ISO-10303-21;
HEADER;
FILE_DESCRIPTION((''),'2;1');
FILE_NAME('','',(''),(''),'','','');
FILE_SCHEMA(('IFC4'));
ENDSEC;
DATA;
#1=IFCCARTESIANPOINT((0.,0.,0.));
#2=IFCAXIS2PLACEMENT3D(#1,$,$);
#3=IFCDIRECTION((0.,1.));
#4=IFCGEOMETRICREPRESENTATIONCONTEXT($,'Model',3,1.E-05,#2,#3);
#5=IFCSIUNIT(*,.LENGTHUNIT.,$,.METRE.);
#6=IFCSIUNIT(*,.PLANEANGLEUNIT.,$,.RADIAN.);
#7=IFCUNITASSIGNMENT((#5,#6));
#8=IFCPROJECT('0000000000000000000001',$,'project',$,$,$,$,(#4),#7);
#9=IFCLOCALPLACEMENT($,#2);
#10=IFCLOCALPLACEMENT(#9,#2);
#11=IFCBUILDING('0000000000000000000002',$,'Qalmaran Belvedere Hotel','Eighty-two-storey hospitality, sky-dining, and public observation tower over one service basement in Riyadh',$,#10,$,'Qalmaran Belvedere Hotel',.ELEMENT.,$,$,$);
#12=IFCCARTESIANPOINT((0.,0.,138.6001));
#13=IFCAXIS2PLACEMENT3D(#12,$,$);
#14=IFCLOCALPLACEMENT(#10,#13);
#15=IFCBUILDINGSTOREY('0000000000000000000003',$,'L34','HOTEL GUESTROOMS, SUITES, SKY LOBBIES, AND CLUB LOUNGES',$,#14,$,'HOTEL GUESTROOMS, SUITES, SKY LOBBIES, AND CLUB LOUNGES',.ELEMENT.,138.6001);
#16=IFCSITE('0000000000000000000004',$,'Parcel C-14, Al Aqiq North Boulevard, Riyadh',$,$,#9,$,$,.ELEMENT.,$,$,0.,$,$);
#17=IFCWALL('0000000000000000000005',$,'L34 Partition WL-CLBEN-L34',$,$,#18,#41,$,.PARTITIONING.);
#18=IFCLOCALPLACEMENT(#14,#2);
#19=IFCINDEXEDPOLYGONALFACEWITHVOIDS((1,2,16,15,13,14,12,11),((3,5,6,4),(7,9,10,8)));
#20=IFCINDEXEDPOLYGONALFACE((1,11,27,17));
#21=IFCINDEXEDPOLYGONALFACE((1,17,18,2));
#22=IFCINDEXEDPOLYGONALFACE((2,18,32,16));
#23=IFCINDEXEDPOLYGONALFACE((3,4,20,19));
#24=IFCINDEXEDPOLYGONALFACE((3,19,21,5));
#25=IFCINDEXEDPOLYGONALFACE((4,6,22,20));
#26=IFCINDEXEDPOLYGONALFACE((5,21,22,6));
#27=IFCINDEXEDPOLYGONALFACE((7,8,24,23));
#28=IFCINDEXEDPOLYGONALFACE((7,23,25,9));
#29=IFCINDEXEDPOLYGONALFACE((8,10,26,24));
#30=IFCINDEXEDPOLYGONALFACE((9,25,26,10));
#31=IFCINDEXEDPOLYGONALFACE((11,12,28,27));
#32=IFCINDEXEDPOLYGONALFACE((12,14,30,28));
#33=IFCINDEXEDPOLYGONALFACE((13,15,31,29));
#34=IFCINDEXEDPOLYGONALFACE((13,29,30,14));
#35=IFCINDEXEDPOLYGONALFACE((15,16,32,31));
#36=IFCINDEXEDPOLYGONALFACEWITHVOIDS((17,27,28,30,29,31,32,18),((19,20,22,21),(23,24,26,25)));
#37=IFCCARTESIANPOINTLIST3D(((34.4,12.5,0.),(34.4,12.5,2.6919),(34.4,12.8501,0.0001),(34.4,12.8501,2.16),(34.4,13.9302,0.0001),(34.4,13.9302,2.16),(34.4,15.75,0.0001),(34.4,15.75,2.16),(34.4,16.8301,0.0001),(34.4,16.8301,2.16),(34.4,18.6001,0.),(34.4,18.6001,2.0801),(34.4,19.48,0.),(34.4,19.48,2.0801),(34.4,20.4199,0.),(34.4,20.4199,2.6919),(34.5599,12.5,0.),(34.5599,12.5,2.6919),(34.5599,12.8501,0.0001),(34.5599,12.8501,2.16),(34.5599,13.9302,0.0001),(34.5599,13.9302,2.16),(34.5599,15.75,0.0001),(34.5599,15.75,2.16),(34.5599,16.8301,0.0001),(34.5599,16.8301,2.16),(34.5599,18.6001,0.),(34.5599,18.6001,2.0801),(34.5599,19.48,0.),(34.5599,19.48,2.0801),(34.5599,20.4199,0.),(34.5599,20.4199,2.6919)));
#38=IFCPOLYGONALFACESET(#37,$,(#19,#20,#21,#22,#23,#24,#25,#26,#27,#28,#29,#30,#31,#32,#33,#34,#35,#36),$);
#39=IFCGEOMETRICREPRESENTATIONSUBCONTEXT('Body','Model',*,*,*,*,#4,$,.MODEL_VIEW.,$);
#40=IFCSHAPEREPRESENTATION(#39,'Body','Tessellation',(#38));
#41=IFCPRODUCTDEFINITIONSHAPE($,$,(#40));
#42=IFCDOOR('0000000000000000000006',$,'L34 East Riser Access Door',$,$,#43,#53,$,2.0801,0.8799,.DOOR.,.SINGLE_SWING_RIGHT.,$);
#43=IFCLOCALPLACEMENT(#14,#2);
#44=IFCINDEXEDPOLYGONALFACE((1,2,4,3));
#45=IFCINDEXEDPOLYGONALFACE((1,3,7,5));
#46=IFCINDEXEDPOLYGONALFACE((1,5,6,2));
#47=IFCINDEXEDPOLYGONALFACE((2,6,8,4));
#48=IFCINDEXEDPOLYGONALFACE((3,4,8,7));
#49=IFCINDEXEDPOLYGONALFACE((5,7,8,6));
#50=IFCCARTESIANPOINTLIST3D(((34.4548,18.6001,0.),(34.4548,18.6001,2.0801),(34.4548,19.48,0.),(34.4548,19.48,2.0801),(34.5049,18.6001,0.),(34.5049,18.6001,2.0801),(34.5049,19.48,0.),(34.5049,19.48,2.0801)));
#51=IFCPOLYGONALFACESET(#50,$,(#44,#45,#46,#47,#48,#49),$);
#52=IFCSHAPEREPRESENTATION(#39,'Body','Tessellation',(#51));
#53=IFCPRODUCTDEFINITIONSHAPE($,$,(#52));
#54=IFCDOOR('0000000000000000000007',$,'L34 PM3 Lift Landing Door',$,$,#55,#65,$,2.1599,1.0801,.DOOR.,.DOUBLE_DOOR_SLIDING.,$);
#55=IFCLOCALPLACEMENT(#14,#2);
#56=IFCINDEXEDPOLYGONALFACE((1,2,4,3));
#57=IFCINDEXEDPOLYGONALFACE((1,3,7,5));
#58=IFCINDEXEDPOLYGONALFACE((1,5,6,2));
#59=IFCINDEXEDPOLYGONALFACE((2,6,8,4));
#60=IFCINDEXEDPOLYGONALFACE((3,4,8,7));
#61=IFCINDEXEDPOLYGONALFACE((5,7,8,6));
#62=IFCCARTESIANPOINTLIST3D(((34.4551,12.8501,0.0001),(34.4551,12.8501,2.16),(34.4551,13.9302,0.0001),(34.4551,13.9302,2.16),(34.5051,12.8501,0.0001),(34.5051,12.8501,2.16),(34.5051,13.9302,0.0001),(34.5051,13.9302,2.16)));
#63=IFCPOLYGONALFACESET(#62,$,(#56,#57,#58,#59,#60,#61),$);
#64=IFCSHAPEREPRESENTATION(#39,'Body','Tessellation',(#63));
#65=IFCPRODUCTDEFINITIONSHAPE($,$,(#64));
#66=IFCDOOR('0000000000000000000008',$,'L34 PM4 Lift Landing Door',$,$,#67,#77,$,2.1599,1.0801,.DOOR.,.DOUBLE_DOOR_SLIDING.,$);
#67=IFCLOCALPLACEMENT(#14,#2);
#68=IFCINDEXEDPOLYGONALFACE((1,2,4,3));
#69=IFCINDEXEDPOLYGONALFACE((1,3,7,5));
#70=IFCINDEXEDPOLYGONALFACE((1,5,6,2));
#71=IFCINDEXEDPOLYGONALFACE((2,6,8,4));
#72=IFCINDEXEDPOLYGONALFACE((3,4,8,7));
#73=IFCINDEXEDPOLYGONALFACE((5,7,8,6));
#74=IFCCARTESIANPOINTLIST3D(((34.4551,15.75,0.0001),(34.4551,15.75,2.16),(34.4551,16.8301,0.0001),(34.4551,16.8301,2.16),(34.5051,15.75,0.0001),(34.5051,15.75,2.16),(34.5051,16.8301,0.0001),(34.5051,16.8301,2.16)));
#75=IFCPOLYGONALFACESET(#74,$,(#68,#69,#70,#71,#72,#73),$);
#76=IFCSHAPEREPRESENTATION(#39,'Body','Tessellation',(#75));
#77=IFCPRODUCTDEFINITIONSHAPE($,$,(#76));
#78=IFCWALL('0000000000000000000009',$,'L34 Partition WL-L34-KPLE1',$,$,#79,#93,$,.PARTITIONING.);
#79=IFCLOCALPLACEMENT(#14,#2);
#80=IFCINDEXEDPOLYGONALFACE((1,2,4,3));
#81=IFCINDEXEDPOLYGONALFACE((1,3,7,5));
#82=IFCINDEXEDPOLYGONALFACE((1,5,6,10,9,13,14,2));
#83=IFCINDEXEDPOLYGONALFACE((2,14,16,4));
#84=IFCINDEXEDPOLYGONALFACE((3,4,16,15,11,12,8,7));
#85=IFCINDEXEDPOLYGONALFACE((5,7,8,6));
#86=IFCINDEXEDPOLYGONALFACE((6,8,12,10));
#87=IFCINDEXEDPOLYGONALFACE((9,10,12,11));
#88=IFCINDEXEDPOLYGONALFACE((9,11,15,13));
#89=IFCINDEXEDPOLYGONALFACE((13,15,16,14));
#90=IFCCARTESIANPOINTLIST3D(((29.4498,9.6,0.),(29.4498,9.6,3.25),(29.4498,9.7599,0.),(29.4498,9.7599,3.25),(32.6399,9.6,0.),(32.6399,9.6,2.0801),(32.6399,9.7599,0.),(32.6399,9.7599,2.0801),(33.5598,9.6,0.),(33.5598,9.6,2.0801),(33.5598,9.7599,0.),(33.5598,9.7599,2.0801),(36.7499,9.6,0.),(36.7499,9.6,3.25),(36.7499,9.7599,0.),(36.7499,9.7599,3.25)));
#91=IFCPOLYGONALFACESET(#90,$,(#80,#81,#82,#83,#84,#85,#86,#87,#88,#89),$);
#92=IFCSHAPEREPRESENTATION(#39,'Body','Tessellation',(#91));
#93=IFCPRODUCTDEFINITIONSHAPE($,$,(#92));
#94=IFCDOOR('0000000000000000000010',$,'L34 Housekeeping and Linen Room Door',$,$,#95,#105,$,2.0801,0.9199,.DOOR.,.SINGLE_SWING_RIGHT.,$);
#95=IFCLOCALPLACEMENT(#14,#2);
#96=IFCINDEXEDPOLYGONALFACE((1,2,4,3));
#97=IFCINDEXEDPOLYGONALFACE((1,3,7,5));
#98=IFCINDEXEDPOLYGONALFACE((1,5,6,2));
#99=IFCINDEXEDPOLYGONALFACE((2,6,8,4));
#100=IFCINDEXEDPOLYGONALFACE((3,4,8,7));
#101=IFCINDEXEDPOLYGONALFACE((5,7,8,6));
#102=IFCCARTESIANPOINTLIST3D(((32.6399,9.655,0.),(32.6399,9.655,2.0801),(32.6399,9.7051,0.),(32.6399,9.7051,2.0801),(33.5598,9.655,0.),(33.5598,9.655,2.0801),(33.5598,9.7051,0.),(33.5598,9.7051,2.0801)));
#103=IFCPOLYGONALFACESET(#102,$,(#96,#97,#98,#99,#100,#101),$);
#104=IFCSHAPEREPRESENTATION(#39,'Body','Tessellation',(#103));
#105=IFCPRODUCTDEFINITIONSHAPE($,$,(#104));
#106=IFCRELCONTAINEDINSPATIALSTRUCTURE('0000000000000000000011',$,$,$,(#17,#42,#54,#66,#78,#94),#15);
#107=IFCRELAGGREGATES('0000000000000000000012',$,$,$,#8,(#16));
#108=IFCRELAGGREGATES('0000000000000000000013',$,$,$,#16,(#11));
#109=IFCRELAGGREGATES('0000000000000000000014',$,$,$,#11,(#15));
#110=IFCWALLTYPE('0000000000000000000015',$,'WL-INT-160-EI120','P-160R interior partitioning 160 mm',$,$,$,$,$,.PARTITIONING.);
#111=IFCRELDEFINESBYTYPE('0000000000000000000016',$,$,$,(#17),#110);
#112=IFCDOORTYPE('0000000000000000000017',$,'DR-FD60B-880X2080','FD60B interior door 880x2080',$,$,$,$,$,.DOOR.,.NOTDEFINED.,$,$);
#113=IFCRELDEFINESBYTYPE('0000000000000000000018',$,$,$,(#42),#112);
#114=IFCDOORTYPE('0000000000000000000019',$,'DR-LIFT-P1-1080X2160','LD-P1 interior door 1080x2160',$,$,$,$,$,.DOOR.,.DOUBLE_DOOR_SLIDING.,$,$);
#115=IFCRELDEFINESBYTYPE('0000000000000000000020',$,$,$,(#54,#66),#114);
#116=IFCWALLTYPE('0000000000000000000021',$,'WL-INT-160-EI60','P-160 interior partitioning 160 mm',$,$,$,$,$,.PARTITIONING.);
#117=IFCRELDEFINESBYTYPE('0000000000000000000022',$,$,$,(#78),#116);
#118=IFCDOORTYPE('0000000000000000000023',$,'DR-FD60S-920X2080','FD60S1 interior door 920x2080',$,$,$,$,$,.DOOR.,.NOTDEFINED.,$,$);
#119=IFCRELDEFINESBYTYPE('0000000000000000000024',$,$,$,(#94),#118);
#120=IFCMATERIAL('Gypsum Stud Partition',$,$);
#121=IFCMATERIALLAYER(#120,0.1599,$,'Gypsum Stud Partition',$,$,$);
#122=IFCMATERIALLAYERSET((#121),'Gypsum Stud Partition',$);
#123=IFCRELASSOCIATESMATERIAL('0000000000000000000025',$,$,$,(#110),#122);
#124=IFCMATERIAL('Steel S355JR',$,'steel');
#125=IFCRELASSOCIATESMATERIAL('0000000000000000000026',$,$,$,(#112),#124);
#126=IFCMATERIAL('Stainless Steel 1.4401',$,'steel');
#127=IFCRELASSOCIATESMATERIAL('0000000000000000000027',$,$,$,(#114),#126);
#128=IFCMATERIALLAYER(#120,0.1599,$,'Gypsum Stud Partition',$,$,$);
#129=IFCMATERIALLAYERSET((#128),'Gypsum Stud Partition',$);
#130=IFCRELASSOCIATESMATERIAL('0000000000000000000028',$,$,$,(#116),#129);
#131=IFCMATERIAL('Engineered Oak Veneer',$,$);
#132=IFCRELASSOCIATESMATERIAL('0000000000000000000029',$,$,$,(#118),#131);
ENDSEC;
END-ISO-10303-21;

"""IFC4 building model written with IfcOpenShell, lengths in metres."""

from ifc_helpers import new_model, si_unit, direction, frame, frame_2d, origin, place, context, subcontext, project, spatial, rectangle, extrude, material, layer, layer_set, type_object, element, fill, save


model = new_model("IFC4")

# Units and contexts
model_context = context("Model", 3, precision=1e-05, world=origin(), true_north=direction((0.0, 1.0)))
body_context = subcontext(model_context, "Body", "Model", "MODEL_VIEW")
ifc_project = project(units=[si_unit("LENGTHUNIT", "METRE"), si_unit("PLANEANGLEUNIT", "RADIAN")], contexts=[model_context])

# Site, building, storey
site_placement = place(None, origin())
site = spatial("IfcSite", under=ifc_project, at=site_placement, Name="Parcel C-14, Al Aqiq North Boulevard, Riyadh", CompositionType="ELEMENT", RefElevation=0.0)
building_placement = place(site_placement, origin())
building = spatial("IfcBuilding", under=site, at=building_placement, Name="Qalmaran Belvedere Hotel", Description="Eighty-two-storey hospitality, sky-dining, and public observation tower over one service basement in Riyadh", LongName="Qalmaran Belvedere Hotel", CompositionType="ELEMENT")
storey_placement = place(building_placement, frame((0.0, 0.0, 138.6001)))
storey = spatial("IfcBuildingStorey", under=building, at=storey_placement, Name="L34", Description="HOTEL GUESTROOMS, SUITES, SKY LOBBIES, AND CLUB LOUNGES", LongName="HOTEL GUESTROOMS, SUITES, SKY LOBBIES, AND CLUB LOUNGES", CompositionType="ELEMENT", Elevation=138.6001)

# Shared definitions
ifc_material_1 = material(Name="Steel S355JR", Category="steel")

# Shared definitions
ifc_material_2 = material(Name="Gypsum Stud Partition")
ifc_layer_1 = layer(ifc_material_2, 0.1599, Name="Gypsum Stud Partition")
ifc_layer_set_1 = layer_set([ifc_layer_1], Name="Gypsum Stud Partition")
wall_type_1 = type_object("IfcWallType", Name="WL-INT-160-EI120", Description="P-160R interior partitioning 160 mm", PredefinedType="PARTITIONING", material=ifc_layer_set_1)

# Wall, openings, doors
door_type_1 = type_object("IfcDoorType", Name="DR-FD60B-880X2080", Description="FD60B interior door 880x2080", OperationType="NOTDEFINED", PredefinedType="DOOR", material=ifc_material_1)
ifc_material_3 = material(Name="Stainless Steel 1.4401", Category="steel")
door_type_2 = type_object("IfcDoorType", Name="DR-LIFT-P1-1080X2160", Description="LD-P1 interior door 1080x2160", OperationType="DOUBLE_DOOR_SLIDING", PredefinedType="DOOR", material=ifc_material_3)
wall_1_placement = place(storey_placement, frame((34.48, 12.5, 0.0), z_axis=(0.0, 0.0, 1.0), x_axis=(0.0, 1.0, 0.0)))
wall_1 = element("IfcWall", 1, at=wall_1_placement, inside=storey, type_object=wall_type_1, Name="L34 Partition WL-CLBEN-L34", PredefinedType="PARTITIONING", context=body_context, shape_type="SweptSolid", body=[
    extrude(rectangle(XDim=7.9199, YDim=0.1599, at=frame_2d((3.96, 0.0))), origin(), (0.0, 0.0, 1.0), 2.6919),
])
opening_1_placement = place(wall_1_placement, frame((0.3501, 0.0, 0.0)))
opening_1 = element("IfcOpeningElement", 2, at=opening_1_placement, cuts=wall_1, PredefinedType="OPENING", context=body_context, shape_type="SweptSolid", body=[
    extrude(rectangle(XDim=1.0801, YDim=2.1599, at=frame_2d((0.54, 1.0801))), frame((0.0, 0.0898, 0.0), z_axis=(0.0, -1.0, 0.0), x_axis=(1.0, 0.0, 0.0)), (0.0, 0.0, 1.0), 0.1799),
])
opening_2_placement = place(wall_1_placement, frame((3.25, 0.0, 0.0)))
opening_2 = element("IfcOpeningElement", 3, at=opening_2_placement, cuts=wall_1, PredefinedType="OPENING", context=body_context, shape_type="SweptSolid", body=[
    extrude(rectangle(XDim=1.0801, YDim=2.1599, at=frame_2d((0.54, 1.0801))), frame((0.0, 0.0898, 0.0), z_axis=(0.0, -1.0, 0.0), x_axis=(1.0, 0.0, 0.0)), (0.0, 0.0, 1.0), 0.1799),
])
opening_3_placement = place(wall_1_placement, frame((6.98, 0.0, 0.0), z_axis=(0.0, 0.0, 1.0), x_axis=(-1.0, 0.0, 0.0)))
opening_3 = element("IfcOpeningElement", 4, at=opening_3_placement, cuts=wall_1, PredefinedType="OPENING", context=body_context, shape_type="SweptSolid", body=[
    extrude(rectangle(XDim=0.8799, YDim=2.0801, at=frame_2d((0.4399, 1.04))), frame((0.0, 0.0898, 0.0), z_axis=(0.0, -1.0, 0.0), x_axis=(1.0, 0.0, 0.0)), (0.0, 0.0, 1.0), 0.1799),
])
door_1_placement = place(opening_3_placement, origin())
door_1 = element("IfcDoor", 5, at=door_1_placement, inside=storey, type_object=door_type_1, Name="L34 East Riser Access Door", OperationType="SINGLE_SWING_RIGHT", OverallHeight=2.0801, OverallWidth=0.8799, PredefinedType="DOOR", context=body_context, shape_type="SweptSolid", body=[
    extrude(rectangle(XDim=0.8799, YDim=2.0801, at=frame_2d((0.4399, 1.04))), frame((0.0, 0.0249, 0.0), z_axis=(0.0, -1.0, 0.0), x_axis=(1.0, 0.0, 0.0)), (0.0, 0.0, 1.0), 0.05),
])
fill(opening_3, door_1)
door_2_placement = place(opening_1_placement, origin())
door_2 = element("IfcDoor", 6, at=door_2_placement, inside=storey, type_object=door_type_2, Name="L34 PM3 Lift Landing Door", OperationType="DOUBLE_DOOR_SLIDING", OverallHeight=2.1599, OverallWidth=1.0801, PredefinedType="DOOR", context=body_context, shape_type="SweptSolid", body=[
    extrude(rectangle(XDim=1.0801, YDim=2.1599, at=frame_2d((0.54, 1.0801))), frame((0.0, 0.0249, 0.0), z_axis=(0.0, -1.0, 0.0), x_axis=(1.0, 0.0, 0.0)), (0.0, 0.0, 1.0), 0.05),
])
fill(opening_1, door_2)
door_3_placement = place(opening_2_placement, origin())
door_3 = element("IfcDoor", 7, at=door_3_placement, inside=storey, type_object=door_type_2, Name="L34 PM4 Lift Landing Door", OperationType="DOUBLE_DOOR_SLIDING", OverallHeight=2.1599, OverallWidth=1.0801, PredefinedType="DOOR", context=body_context, shape_type="SweptSolid", body=[
    extrude(rectangle(XDim=1.0801, YDim=2.1599, at=frame_2d((0.54, 1.0801))), frame((0.0, 0.0249, 0.0), z_axis=(0.0, -1.0, 0.0), x_axis=(1.0, 0.0, 0.0)), (0.0, 0.0, 1.0), 0.05),
])
fill(opening_2, door_3)

# Wall, opening, door
ifc_layer_2 = layer(ifc_material_2, 0.1599, Name="Gypsum Stud Partition")
ifc_layer_set_2 = layer_set([ifc_layer_2], Name="Gypsum Stud Partition")
wall_type_2 = type_object("IfcWallType", Name="WL-INT-160-EI60", Description="P-160 interior partitioning 160 mm", PredefinedType="PARTITIONING", material=ifc_layer_set_2)
wall_2_placement = place(storey_placement, frame((29.45, 9.6799, 0.0), z_axis=(0.0, 0.0, 1.0), x_axis=(1.0, 0.0, 0.0)))
wall_2 = element("IfcWall", 8, at=wall_2_placement, inside=storey, type_object=wall_type_2, Name="L34 Partition WL-L34-KPLE1", PredefinedType="PARTITIONING", context=body_context, shape_type="SweptSolid", body=[
    extrude(rectangle(XDim=7.3, YDim=0.1599, at=frame_2d((3.6499, 0.0))), origin(), (0.0, 0.0, 1.0), 3.25),
])
opening_4_placement = place(wall_2_placement, frame((4.1099, 0.0, 0.0), z_axis=(0.0, 0.0, 1.0), x_axis=(-1.0, 0.0, 0.0)))
opening_4 = element("IfcOpeningElement", 9, at=opening_4_placement, cuts=wall_2, PredefinedType="OPENING", context=body_context, shape_type="SweptSolid", body=[
    extrude(rectangle(XDim=0.9199, YDim=2.0801, at=frame_2d((0.46, 1.04))), frame((0.0, 0.0898, 0.0), z_axis=(0.0, -1.0, 0.0), x_axis=(1.0, 0.0, 0.0)), (0.0, 0.0, 1.0), 0.1799),
])
ifc_material_4 = material(Name="Engineered Oak Veneer")
door_type_3 = type_object("IfcDoorType", Name="DR-FD60S-920X2080", Description="FD60S1 interior door 920x2080", OperationType="NOTDEFINED", PredefinedType="DOOR", material=ifc_material_4)
door_4_placement = place(opening_4_placement, origin())
door_4 = element("IfcDoor", 10, at=door_4_placement, inside=storey, type_object=door_type_3, Name="L34 Housekeeping and Linen Room Door", OperationType="SINGLE_SWING_RIGHT", OverallHeight=2.0801, OverallWidth=0.9199, PredefinedType="DOOR", context=body_context, shape_type="SweptSolid", body=[
    extrude(rectangle(XDim=0.9199, YDim=2.0801, at=frame_2d((0.46, 1.04))), frame((0.0, 0.0249, 0.0), z_axis=(0.0, -1.0, 0.0), x_axis=(1.0, 0.0, 0.0)), (0.0, 0.0, 1.0), 0.05),
])
fill(opening_4, door_4)

save(model, "model.ifc")
